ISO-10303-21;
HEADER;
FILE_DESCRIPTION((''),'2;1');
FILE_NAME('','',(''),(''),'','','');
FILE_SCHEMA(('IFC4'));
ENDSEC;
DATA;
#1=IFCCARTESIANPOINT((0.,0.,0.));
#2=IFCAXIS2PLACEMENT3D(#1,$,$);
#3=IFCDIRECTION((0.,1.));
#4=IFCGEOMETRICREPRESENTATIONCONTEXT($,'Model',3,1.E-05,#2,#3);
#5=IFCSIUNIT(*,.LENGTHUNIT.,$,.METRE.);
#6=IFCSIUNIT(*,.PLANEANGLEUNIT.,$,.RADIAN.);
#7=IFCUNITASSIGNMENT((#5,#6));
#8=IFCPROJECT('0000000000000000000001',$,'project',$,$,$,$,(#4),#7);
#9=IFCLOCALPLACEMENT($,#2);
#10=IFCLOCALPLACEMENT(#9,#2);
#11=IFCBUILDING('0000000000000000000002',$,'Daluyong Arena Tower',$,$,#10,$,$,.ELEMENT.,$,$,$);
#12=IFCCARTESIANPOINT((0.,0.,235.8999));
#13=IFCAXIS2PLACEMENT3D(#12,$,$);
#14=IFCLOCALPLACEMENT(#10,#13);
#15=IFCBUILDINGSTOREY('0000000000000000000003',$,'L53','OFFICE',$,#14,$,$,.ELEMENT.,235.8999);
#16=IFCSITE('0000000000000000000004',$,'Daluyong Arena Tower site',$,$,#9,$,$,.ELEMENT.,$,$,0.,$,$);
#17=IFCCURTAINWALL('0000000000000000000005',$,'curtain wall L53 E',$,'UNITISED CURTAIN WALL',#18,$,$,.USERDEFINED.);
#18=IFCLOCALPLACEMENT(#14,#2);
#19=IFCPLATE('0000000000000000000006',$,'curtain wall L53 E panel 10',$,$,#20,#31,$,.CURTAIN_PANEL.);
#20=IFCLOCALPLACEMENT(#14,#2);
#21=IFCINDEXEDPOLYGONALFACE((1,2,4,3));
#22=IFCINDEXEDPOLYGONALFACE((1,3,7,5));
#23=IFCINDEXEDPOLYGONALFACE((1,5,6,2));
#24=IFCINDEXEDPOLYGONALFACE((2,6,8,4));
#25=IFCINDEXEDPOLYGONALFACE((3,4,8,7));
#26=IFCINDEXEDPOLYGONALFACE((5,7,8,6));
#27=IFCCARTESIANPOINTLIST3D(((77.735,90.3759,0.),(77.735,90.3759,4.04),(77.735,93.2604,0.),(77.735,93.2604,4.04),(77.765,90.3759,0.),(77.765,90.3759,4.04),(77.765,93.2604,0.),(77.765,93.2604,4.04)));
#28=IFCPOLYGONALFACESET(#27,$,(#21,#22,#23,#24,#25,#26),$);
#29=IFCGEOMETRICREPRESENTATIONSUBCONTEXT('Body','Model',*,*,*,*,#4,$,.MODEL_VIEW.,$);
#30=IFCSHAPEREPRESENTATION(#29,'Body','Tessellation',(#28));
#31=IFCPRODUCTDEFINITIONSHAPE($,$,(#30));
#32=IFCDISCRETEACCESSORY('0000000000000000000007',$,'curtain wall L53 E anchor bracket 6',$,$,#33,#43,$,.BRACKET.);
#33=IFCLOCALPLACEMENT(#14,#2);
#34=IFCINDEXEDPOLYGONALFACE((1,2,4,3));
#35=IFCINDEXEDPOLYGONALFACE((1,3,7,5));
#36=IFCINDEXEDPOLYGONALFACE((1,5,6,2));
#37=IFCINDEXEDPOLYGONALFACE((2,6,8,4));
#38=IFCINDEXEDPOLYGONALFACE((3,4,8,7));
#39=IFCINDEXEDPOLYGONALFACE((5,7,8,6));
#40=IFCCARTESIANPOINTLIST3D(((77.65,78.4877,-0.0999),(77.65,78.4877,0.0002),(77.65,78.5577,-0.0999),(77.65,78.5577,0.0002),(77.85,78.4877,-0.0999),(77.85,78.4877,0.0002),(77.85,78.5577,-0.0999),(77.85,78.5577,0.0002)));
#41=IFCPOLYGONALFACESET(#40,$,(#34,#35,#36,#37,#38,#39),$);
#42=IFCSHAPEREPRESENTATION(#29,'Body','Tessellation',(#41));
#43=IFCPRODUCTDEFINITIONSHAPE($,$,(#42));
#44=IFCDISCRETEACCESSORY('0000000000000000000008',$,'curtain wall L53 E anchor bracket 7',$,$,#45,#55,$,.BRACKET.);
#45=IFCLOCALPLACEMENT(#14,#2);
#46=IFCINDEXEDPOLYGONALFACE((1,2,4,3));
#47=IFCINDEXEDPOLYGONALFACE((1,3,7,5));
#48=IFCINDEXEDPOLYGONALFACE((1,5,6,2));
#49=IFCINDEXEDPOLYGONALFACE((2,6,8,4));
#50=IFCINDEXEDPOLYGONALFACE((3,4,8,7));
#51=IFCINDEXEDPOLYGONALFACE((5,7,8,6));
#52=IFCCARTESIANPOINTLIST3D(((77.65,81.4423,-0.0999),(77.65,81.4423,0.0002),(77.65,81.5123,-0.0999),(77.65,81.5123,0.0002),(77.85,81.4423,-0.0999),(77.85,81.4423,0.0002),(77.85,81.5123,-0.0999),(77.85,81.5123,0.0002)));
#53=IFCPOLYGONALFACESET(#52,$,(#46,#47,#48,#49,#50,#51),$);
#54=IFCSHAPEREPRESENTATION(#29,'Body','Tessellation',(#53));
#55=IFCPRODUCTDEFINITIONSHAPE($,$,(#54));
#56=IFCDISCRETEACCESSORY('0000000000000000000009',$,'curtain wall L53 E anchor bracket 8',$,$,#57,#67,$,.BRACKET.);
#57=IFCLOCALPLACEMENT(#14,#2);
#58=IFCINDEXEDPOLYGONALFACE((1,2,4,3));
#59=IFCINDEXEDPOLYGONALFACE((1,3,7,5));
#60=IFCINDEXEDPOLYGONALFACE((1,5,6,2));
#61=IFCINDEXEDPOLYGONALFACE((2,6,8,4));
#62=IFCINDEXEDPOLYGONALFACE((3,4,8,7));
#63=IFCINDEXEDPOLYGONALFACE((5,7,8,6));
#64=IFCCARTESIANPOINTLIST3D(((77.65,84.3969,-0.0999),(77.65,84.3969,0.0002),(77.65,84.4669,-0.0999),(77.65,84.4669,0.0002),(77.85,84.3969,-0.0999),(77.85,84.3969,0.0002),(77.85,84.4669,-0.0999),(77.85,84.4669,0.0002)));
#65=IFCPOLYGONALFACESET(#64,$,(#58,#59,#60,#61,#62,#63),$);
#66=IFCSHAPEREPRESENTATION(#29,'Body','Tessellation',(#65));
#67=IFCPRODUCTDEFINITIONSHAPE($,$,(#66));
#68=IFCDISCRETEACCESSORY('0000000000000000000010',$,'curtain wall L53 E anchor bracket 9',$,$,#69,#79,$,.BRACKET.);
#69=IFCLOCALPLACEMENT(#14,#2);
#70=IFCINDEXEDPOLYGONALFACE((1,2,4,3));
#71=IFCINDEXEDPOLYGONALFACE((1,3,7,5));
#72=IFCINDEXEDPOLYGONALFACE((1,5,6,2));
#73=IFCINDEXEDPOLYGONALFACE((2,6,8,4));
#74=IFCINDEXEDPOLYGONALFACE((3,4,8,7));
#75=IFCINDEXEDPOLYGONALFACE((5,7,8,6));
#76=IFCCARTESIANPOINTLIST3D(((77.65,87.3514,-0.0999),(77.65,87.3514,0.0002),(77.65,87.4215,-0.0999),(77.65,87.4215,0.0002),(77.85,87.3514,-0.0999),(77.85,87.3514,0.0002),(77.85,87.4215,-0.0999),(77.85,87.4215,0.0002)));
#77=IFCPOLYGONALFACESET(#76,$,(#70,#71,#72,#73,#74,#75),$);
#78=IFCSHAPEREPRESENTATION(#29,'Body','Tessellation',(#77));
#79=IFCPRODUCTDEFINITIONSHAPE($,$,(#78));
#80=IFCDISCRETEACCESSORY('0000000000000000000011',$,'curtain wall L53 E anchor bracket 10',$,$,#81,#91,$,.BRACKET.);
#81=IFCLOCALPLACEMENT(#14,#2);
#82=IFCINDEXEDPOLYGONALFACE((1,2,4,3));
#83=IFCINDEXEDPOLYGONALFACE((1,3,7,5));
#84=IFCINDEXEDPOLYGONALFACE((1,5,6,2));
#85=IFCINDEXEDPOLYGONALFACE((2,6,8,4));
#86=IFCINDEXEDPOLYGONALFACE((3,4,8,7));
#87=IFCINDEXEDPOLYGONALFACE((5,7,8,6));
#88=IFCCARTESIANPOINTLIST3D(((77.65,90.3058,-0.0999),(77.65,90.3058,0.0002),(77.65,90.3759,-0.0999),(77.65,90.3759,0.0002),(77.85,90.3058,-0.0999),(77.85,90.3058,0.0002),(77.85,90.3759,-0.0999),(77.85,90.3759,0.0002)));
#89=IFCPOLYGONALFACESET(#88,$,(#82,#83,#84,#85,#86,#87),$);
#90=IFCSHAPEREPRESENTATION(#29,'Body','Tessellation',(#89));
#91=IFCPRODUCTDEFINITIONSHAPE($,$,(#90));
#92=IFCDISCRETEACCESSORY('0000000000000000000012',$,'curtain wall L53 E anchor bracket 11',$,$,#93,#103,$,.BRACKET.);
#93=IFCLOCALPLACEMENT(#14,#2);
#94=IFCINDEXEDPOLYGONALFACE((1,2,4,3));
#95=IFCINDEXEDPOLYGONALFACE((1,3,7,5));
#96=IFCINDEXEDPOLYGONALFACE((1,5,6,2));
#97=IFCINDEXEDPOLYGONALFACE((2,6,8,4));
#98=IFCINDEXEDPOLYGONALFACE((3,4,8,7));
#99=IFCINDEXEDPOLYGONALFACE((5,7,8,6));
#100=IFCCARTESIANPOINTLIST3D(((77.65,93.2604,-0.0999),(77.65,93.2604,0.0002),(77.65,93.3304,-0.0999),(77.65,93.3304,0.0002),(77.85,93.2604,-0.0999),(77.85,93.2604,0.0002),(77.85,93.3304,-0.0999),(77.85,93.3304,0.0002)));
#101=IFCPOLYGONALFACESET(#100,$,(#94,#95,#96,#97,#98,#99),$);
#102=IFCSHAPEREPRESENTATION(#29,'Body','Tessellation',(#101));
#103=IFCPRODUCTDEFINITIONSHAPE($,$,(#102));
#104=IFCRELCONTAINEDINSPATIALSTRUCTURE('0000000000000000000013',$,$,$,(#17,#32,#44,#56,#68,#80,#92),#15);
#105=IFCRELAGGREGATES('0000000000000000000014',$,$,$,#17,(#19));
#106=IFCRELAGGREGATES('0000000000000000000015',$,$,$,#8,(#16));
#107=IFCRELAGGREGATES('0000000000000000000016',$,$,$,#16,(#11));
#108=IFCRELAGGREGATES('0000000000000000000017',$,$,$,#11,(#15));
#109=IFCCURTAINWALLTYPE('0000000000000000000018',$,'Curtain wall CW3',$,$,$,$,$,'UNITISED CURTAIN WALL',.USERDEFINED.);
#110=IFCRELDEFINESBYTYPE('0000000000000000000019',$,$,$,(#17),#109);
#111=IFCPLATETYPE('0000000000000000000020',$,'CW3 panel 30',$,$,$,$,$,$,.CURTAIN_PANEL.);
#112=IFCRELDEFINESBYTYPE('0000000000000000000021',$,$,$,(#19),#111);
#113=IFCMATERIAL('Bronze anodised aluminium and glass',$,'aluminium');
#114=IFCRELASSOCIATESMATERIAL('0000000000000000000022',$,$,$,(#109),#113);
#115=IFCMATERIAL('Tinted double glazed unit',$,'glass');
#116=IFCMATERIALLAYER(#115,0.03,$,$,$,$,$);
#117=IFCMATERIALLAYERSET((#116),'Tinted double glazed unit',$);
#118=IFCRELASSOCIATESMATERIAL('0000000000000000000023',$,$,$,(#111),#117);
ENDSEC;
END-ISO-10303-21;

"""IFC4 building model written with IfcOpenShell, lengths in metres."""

from ifc_helpers import new_model, si_unit, direction, frame, origin, origin_2d, place, context, subcontext, project, spatial, rectangle, extrude, material, layer, layer_set, type_object, element, aggregate, save


model = new_model("IFC4")

# Units and contexts
model_context = context("Model", 3, precision=1e-05, world=origin(), true_north=direction((0.0, 1.0)))
body_context = subcontext(model_context, "Body", "Model", "MODEL_VIEW")
ifc_project = project(units=[si_unit("LENGTHUNIT", "METRE"), si_unit("PLANEANGLEUNIT", "RADIAN")], contexts=[model_context])

# Site, building, storey
site_placement = place(None, origin())
site = spatial("IfcSite", under=ifc_project, at=site_placement, Name="Daluyong Arena Tower site", CompositionType="ELEMENT", RefElevation=0.0)
building_placement = place(site_placement, origin())
building = spatial("IfcBuilding", under=site, at=building_placement, Name="Daluyong Arena Tower", CompositionType="ELEMENT")
storey_placement = place(building_placement, frame((0.0, 0.0, 235.8999)))
storey = spatial("IfcBuildingStorey", under=building, at=storey_placement, Name="L53", Description="OFFICE", CompositionType="ELEMENT", Elevation=235.8999)

# Curtain wall
ifc_material_1 = material(Name="Bronze anodised aluminium and glass", Category="aluminium")
curtain_wall_type = type_object("IfcCurtainWallType", Name="Curtain wall CW3", ElementType="UNITISED CURTAIN WALL", PredefinedType="USERDEFINED", material=ifc_material_1)
curtain_wall_placement = place(storey_placement, origin())
curtain_wall = element("IfcCurtainWall", 1, at=curtain_wall_placement, inside=storey, type_object=curtain_wall_type, Name="curtain wall L53 E", ObjectType="UNITISED CURTAIN WALL", PredefinedType="USERDEFINED")

# Plate
ifc_material_2 = material(Name="Tinted double glazed unit", Category="glass")
ifc_layer = layer(ifc_material_2, 0.03)
ifc_layer_set = layer_set([ifc_layer], Name="Tinted double glazed unit")
plate_type = type_object("IfcPlateType", Name="CW3 panel 30", PredefinedType="CURTAIN_PANEL", material=ifc_layer_set)
plate_1_placement = place(storey_placement, frame((77.75, 91.8181, 0.0), z_axis=(0.0, 0.0, 1.0), x_axis=(0.0, 1.0, 0.0)))
plate_1 = element("IfcPlate", 2, at=plate_1_placement, type_object=plate_type, Name="curtain wall L53 E panel 10", PredefinedType="CURTAIN_PANEL", context=body_context, shape_type="SweptSolid", body=[
    extrude(rectangle(XDim=2.8845, YDim=0.03, at=origin_2d()), origin(), (0.0, 0.0, 1.0), 4.04),
])
aggregate(curtain_wall, [plate_1])

# Discrete accessories
for number, where, z_axis, x_axis, name in (
    (3, (77.75, 78.5227, -0.0999), (0.0, 0.0, 1.0), (0.0, 1.0, 0.0), "curtain wall L53 E anchor bracket 6"),
    (4, (77.75, 81.4773, -0.0999), (0.0, 0.0, 1.0), (0.0, 1.0, 0.0), "curtain wall L53 E anchor bracket 7"),
    (5, (77.75, 84.4319, -0.0999), (0.0, 0.0, 1.0), (0.0, 1.0, 0.0), "curtain wall L53 E anchor bracket 8"),
    (6, (77.75, 87.3865, -0.0999), (0.0, 0.0, 1.0), (0.0, 1.0, 0.0), "curtain wall L53 E anchor bracket 9"),
    (7, (77.75, 90.3408, -0.0999), (0.0, 0.0, 1.0), (0.0, 1.0, 0.0), "curtain wall L53 E anchor bracket 10"),
    (8, (77.75, 93.2954, -0.0999), (0.0, 0.0, 1.0), (0.0, 1.0, 0.0), "curtain wall L53 E anchor bracket 11"),
):
    element("IfcDiscreteAccessory", number, at=place(storey_placement, frame(where, z_axis=z_axis, x_axis=x_axis)), inside=storey, Name=name, PredefinedType="BRACKET", context=body_context, shape_type="SweptSolid", body=[
        extrude(rectangle(XDim=0.0701, YDim=0.2, at=origin_2d()), origin(), (0.0, 0.0, 1.0), 0.1001),
    ])

save(model, "model.ifc")
